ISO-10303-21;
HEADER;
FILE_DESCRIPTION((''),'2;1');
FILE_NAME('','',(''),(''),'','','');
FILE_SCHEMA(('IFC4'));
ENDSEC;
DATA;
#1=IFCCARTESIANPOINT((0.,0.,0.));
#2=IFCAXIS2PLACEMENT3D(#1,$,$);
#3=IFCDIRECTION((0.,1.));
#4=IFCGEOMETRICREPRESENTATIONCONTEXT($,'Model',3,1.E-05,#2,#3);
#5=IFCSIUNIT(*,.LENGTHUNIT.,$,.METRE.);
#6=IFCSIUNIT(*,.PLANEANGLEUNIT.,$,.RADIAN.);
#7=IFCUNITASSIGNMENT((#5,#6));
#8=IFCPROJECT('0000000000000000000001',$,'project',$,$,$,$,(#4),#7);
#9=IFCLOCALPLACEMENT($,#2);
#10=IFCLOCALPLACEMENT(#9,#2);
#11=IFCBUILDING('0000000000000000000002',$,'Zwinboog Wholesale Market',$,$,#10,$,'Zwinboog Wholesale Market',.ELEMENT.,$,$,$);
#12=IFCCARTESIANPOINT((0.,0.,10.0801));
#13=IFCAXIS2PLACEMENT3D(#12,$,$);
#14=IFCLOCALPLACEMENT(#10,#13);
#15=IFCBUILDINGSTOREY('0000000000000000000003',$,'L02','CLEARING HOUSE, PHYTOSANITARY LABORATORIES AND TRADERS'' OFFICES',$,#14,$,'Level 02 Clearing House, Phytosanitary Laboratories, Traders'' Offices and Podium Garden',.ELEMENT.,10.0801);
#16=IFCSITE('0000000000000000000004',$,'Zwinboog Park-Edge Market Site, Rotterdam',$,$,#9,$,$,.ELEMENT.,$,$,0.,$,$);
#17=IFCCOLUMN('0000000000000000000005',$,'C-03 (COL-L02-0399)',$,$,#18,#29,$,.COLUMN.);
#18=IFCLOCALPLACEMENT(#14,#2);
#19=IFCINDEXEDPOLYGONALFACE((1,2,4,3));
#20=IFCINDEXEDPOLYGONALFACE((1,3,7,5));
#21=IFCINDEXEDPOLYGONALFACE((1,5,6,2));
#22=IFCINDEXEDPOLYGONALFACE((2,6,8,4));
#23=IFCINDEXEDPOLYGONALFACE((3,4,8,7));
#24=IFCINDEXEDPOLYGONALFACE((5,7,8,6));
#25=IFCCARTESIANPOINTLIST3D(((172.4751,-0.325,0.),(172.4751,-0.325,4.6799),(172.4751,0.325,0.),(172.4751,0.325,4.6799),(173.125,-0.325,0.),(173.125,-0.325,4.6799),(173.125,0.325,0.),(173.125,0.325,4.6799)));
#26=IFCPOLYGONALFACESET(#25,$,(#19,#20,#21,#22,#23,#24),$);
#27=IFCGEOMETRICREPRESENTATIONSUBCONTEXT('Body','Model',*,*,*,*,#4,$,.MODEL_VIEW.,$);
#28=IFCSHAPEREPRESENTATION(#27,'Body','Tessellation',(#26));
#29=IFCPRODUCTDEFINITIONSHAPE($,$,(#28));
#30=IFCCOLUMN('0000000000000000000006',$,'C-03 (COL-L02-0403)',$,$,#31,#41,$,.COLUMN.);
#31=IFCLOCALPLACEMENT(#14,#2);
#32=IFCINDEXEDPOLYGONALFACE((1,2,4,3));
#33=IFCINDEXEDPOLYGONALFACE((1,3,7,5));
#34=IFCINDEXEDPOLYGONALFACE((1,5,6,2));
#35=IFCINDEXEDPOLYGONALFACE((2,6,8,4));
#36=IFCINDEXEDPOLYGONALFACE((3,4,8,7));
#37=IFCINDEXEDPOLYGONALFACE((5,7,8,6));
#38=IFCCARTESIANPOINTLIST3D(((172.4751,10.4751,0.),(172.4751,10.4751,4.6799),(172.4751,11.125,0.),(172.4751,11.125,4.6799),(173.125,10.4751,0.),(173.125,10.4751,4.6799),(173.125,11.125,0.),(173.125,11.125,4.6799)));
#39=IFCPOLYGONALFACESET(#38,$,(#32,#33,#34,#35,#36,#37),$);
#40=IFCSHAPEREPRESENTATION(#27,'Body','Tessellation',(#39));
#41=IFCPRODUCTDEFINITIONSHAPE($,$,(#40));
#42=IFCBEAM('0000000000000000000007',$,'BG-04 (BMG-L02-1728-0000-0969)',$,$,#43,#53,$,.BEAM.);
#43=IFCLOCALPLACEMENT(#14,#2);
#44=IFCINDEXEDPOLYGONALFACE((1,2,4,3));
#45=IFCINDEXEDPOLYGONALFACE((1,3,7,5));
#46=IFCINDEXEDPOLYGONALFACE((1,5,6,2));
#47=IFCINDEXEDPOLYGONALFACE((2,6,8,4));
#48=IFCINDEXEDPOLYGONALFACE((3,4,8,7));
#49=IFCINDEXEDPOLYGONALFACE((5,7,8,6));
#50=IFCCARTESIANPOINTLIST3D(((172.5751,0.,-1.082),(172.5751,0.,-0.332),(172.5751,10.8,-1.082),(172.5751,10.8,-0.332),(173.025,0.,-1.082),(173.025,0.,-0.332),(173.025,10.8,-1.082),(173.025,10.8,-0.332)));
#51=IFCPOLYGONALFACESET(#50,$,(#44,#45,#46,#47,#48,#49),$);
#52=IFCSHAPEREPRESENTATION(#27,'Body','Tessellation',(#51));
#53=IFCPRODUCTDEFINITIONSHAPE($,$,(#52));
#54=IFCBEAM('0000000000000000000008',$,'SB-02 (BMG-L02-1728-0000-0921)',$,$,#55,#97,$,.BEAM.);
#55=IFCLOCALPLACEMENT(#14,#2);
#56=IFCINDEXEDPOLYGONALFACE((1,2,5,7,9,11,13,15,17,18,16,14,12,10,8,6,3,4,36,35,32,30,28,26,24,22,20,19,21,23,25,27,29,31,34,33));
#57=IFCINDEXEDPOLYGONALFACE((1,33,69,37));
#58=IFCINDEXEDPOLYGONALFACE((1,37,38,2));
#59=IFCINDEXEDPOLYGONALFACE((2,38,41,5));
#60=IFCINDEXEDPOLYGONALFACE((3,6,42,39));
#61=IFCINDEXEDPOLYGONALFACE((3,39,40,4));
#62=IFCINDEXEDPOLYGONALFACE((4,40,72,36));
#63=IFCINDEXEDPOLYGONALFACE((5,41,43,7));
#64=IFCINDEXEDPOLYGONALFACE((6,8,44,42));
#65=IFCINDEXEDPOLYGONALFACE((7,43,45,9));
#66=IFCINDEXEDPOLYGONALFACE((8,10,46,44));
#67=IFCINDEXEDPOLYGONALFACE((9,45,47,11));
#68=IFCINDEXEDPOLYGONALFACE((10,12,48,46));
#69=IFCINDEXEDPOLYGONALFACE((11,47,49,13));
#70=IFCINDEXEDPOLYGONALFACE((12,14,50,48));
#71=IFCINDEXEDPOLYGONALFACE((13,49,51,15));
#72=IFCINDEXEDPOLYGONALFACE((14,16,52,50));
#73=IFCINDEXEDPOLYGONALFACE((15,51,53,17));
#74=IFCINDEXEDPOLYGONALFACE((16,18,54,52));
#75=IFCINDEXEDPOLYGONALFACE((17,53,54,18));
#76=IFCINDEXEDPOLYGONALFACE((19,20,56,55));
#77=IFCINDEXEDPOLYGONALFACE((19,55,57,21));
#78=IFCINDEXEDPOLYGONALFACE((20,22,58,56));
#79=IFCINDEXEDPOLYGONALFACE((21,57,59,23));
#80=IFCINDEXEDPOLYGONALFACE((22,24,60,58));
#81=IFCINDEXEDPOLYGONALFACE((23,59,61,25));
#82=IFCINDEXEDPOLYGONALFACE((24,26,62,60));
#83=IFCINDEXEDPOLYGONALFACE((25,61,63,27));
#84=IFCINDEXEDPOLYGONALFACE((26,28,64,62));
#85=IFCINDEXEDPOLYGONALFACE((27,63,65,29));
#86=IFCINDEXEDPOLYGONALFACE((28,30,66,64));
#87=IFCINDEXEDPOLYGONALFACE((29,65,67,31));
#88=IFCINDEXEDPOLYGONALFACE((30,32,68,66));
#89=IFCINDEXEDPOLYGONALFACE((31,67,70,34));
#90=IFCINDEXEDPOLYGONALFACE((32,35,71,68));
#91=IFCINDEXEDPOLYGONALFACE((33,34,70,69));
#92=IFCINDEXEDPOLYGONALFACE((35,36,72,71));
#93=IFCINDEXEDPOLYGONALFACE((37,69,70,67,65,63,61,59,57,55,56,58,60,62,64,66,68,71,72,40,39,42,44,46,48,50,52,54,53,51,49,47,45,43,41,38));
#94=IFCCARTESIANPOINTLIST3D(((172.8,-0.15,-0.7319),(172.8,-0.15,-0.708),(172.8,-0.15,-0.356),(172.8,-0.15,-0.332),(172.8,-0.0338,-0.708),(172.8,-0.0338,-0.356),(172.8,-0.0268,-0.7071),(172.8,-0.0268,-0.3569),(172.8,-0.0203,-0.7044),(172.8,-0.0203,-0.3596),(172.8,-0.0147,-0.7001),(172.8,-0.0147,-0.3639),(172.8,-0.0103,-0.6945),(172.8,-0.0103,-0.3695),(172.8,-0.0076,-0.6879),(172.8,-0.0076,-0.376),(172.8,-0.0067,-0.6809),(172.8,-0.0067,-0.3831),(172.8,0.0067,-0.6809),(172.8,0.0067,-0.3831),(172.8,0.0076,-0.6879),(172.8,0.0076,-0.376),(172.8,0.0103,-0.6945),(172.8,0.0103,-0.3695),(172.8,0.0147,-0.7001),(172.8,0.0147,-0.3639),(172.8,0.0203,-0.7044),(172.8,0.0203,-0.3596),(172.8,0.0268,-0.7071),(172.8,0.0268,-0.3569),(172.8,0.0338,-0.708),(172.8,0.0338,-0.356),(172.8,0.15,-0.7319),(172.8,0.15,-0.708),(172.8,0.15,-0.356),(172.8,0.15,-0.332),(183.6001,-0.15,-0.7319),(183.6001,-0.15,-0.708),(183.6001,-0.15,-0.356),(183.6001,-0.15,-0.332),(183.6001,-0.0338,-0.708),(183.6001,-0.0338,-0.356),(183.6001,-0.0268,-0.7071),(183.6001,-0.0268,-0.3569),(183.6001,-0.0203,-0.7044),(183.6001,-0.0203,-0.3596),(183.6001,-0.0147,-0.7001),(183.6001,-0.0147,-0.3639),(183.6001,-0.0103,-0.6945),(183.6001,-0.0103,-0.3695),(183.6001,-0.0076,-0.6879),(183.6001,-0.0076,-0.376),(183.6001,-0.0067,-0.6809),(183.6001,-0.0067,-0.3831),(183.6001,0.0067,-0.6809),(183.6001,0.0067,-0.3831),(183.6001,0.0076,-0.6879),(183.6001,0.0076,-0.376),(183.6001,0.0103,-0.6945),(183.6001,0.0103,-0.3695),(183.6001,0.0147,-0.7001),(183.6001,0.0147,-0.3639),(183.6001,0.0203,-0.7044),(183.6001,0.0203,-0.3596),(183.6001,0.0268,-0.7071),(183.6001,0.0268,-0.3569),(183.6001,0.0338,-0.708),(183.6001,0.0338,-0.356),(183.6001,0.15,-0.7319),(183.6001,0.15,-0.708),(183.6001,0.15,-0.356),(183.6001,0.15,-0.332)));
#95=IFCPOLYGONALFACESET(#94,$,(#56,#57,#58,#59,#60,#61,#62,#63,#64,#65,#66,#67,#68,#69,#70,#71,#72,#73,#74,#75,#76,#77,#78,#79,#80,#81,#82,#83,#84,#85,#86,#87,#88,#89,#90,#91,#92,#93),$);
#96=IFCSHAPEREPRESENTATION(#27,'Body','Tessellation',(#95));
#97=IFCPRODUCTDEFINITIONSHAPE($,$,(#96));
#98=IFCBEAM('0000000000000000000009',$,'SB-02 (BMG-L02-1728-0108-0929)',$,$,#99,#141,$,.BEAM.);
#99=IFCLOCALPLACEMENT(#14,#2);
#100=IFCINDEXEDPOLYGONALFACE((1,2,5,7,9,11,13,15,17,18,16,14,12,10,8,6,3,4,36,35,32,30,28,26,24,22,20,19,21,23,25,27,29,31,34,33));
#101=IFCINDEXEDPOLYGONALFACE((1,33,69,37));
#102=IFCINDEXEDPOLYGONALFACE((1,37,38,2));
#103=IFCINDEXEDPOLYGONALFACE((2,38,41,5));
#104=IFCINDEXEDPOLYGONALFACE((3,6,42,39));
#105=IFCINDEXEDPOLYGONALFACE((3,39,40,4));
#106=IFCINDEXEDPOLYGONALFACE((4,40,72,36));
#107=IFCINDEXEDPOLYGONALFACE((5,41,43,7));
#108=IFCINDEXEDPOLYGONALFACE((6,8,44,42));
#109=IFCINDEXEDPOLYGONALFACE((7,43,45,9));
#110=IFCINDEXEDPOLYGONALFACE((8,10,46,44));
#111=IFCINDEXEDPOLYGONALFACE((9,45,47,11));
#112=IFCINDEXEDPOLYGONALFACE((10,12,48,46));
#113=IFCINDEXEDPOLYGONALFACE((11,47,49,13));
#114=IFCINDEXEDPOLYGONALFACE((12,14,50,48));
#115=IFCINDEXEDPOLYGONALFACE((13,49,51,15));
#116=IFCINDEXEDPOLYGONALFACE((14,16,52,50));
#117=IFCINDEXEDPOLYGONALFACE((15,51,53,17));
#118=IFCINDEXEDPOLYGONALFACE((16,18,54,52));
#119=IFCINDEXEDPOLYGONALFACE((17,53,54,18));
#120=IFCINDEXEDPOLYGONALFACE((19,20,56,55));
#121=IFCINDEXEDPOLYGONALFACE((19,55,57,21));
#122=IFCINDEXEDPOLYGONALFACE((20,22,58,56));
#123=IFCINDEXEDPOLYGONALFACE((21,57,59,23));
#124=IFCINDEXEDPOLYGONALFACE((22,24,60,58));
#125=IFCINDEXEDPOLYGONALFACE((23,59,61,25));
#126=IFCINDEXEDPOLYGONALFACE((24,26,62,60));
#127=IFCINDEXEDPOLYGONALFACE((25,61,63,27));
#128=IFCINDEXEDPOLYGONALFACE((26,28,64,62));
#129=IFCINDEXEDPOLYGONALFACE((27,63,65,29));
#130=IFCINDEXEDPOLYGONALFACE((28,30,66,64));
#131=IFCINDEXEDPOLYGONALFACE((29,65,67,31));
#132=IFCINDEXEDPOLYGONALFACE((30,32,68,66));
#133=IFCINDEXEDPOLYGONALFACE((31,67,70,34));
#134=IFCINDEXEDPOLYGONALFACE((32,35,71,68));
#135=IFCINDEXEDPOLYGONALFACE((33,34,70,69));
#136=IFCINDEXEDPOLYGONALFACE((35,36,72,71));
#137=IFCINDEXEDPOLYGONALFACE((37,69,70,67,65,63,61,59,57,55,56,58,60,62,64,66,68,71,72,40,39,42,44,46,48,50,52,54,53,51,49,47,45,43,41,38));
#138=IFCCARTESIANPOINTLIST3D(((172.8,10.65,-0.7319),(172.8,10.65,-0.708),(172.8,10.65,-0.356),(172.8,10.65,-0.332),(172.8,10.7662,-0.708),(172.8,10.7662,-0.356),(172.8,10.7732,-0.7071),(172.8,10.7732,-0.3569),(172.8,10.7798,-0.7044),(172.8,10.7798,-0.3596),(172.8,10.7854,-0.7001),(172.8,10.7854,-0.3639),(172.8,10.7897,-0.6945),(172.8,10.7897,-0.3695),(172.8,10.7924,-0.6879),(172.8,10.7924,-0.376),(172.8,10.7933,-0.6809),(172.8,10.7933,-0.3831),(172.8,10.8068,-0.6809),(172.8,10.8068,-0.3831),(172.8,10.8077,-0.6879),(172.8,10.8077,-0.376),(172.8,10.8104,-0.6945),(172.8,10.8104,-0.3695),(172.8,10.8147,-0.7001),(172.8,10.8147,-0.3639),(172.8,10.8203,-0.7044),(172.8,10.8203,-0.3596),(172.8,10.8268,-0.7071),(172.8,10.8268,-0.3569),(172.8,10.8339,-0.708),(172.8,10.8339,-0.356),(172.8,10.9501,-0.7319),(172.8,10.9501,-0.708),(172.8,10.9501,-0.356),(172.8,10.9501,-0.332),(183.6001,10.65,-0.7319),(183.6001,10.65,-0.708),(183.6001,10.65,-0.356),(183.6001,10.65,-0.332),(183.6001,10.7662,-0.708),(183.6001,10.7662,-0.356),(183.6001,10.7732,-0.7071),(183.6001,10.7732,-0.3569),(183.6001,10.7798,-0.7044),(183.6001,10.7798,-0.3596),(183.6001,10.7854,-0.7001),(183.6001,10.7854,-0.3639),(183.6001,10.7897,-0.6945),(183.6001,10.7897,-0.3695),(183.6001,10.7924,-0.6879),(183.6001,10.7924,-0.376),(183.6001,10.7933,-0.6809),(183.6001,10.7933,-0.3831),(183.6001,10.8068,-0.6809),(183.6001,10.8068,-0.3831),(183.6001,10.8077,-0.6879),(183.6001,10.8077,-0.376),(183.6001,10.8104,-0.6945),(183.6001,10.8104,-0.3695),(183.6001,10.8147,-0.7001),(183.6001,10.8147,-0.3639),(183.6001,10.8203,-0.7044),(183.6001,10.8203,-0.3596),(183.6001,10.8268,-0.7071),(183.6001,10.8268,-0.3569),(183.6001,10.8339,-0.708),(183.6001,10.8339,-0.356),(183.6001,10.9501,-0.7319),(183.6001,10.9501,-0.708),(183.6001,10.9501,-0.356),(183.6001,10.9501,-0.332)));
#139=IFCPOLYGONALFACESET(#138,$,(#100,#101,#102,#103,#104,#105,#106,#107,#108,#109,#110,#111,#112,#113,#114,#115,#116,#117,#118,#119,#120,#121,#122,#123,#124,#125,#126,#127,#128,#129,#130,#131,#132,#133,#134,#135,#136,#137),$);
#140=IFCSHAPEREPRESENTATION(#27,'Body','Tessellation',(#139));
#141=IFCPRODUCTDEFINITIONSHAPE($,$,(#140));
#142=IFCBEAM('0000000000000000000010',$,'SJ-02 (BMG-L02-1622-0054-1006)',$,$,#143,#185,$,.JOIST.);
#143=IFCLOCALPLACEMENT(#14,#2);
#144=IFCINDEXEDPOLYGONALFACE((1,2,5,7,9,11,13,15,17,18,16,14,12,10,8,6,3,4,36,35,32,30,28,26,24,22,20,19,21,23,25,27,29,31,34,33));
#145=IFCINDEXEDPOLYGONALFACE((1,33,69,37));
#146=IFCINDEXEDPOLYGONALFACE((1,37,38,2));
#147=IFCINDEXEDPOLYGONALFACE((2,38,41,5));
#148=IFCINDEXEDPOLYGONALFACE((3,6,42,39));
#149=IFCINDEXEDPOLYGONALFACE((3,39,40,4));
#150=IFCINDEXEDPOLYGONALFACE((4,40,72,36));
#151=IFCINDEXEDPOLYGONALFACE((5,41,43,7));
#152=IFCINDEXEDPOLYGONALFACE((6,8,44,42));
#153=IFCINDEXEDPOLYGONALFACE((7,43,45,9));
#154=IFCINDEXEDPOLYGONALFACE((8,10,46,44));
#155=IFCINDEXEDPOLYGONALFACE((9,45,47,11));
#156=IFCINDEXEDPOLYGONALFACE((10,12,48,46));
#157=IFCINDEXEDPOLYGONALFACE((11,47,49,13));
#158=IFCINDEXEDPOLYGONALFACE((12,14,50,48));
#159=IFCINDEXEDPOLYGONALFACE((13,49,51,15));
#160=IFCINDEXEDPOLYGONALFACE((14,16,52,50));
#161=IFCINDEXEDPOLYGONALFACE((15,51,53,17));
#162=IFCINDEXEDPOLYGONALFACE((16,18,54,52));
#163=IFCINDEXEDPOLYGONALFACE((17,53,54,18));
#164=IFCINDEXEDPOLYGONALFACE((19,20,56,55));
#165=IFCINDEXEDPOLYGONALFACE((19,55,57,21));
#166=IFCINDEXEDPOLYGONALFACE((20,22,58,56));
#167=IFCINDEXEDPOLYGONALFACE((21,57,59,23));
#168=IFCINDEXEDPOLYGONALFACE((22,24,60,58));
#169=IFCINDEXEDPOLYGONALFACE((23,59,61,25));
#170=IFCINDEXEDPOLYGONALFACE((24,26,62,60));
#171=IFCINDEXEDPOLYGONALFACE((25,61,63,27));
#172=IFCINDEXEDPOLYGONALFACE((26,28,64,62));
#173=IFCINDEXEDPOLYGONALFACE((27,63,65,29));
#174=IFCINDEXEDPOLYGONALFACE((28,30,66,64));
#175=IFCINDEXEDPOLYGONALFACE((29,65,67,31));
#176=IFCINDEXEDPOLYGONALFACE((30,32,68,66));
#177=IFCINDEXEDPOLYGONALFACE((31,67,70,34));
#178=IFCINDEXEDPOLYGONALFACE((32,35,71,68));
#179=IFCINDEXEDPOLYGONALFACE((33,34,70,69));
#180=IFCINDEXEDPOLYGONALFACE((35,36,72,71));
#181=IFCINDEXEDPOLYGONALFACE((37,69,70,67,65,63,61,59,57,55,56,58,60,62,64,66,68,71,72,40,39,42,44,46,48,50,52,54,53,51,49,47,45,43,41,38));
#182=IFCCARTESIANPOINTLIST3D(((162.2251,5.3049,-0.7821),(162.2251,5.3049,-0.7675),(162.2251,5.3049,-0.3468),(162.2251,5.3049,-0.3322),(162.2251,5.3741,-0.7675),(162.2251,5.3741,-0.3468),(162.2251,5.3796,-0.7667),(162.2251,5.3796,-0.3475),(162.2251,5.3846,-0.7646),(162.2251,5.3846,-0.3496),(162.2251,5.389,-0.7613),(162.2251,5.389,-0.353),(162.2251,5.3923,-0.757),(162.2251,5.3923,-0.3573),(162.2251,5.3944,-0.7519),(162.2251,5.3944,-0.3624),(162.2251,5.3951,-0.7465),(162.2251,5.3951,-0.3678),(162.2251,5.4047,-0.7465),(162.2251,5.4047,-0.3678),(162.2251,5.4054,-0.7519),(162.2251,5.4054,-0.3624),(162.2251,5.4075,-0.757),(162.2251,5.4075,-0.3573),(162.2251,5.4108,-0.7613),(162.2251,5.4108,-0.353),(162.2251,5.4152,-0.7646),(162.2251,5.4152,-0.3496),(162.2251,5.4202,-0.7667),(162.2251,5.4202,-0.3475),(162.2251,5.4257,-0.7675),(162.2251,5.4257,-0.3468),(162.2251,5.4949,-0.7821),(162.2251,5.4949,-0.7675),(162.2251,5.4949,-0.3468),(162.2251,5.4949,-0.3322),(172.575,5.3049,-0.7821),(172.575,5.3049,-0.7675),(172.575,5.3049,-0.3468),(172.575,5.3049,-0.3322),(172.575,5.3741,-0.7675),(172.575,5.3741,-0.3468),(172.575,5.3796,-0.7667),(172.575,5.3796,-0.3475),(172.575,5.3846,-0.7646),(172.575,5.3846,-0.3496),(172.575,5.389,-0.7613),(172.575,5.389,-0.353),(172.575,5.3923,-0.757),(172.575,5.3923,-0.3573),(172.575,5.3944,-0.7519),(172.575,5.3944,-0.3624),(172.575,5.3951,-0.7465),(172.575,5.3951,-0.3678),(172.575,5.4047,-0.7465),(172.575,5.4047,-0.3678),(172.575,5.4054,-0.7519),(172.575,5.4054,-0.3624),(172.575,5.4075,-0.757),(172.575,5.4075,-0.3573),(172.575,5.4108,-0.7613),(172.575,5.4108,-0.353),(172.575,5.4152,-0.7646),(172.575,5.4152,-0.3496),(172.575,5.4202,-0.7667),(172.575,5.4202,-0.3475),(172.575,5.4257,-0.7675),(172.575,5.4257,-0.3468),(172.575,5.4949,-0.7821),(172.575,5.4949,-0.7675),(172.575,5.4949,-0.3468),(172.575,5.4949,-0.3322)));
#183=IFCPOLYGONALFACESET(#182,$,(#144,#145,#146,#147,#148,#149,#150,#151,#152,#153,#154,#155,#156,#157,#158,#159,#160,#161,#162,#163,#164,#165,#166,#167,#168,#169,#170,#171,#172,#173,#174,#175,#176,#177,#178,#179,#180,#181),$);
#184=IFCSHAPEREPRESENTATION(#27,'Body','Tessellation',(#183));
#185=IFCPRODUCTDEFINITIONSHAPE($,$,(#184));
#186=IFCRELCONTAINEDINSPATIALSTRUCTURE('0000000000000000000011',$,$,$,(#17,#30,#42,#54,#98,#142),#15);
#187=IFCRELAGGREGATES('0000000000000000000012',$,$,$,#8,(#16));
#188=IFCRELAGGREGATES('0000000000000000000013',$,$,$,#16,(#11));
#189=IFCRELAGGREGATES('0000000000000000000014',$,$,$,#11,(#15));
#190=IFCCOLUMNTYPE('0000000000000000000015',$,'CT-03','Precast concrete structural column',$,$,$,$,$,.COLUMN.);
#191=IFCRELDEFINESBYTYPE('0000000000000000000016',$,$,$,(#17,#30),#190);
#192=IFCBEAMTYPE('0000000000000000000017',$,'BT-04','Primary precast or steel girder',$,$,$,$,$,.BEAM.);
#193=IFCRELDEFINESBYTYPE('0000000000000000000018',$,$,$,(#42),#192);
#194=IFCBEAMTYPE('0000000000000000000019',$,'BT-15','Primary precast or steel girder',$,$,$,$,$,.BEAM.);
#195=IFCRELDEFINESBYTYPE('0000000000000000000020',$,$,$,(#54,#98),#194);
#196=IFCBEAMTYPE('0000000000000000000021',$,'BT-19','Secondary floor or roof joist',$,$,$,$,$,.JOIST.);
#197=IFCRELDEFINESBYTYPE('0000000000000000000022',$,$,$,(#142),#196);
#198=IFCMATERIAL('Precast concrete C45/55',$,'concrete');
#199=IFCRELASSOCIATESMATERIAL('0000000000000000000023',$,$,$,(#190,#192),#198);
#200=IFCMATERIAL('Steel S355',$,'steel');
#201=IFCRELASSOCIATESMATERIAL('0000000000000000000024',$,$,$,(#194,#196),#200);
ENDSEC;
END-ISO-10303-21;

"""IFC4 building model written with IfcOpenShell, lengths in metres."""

from ifc_helpers import new_model, si_unit, direction, frame, origin, origin_2d, place, context, subcontext, project, spatial, rectangle, i_section, extrude, material, material_profile, profile_set, type_object, element, save


model = new_model("IFC4")

# Units and contexts
model_context = context("Model", 3, precision=1e-05, world=origin(), true_north=direction((0.0, 1.0)))
body_context = subcontext(model_context, "Body", "Model", "MODEL_VIEW")
ifc_project = project(units=[si_unit("LENGTHUNIT", "METRE"), si_unit("PLANEANGLEUNIT", "RADIAN")], contexts=[model_context])

# Site, building, storey
site_placement = place(None, origin())
site = spatial("IfcSite", under=ifc_project, at=site_placement, Name="Zwinboog Park-Edge Market Site, Rotterdam", CompositionType="ELEMENT", RefElevation=0.0)
building_placement = place(site_placement, origin())
building = spatial("IfcBuilding", under=site, at=building_placement, Name="Zwinboog Wholesale Market", LongName="Zwinboog Wholesale Market", CompositionType="ELEMENT")
storey_placement = place(building_placement, frame((0.0, 0.0, 10.0801)))
storey = spatial("IfcBuildingStorey", under=building, at=storey_placement, Name="L02", Description="CLEARING HOUSE, PHYTOSANITARY LABORATORIES AND TRADERS' OFFICES", LongName="Level 02 Clearing House, Phytosanitary Laboratories, Traders' Offices and Podium Garden", CompositionType="ELEMENT", Elevation=10.0801)

# Columns
ifc_material_1 = material(Name="Precast concrete C45/55", Category="concrete")
ifc_material_profile_1 = material_profile(ifc_material_1, rectangle(XDim=0.6499, YDim=0.6499, at=origin_2d()), Name="PC 650x650")
ifc_profile_set_1 = profile_set([ifc_material_profile_1], Name="Precast concrete C45/55")
column_type = type_object("IfcColumnType", Name="CT-03", Description="Precast concrete structural column", PredefinedType="COLUMN", material=ifc_profile_set_1)
for number, where, z_axis, x_axis, name in (
    (1, (172.8, 0.0, 0.0), (0.0, 0.0, 1.0), (1.0, 0.0, 0.0), "C-03 (COL-L02-0399)"),
    (2, (172.8, 10.8, 0.0), (0.0, 0.0, 1.0), (1.0, 0.0, 0.0), "C-03 (COL-L02-0403)"),
):
    element("IfcColumn", number, at=place(storey_placement, frame(where, z_axis=z_axis, x_axis=x_axis)), inside=storey, type_object=column_type, Name=name, PredefinedType="COLUMN", context=body_context, shape_type="SweptSolid", body=[
        extrude(rectangle(XDim=0.6499, YDim=0.6499, at=origin_2d()), origin(), (0.0, 0.0, 1.0), 4.6799),
    ])

# Beams
ifc_material_profile_2 = material_profile(ifc_material_1, rectangle(XDim=0.45, YDim=0.75, at=origin_2d()), Name="PC 450x750")
ifc_profile_set_2 = profile_set([ifc_material_profile_2], Name="Precast concrete C45/55")
beam_type_1 = type_object("IfcBeamType", Name="BT-04", Description="Primary precast or steel girder", PredefinedType="BEAM", material=ifc_profile_set_2)
beam_1_placement = place(storey_placement, frame((172.8, 0.0, -0.707), z_axis=(0.0, 1.0, 0.0), x_axis=(-1.0, 0.0, 0.0)))
element("IfcBeam", 3, at=beam_1_placement, inside=storey, type_object=beam_type_1, Name="BG-04 (BMG-L02-1728-0000-0969)", PredefinedType="BEAM", context=body_context, shape_type="SweptSolid", body=[
    extrude(rectangle(XDim=0.45, YDim=0.75, at=origin_2d()), origin(), (0.0, 0.0, 1.0), 10.8),
])
ifc_material_2 = material(Name="Steel S355", Category="steel")
ifc_material_profile_3 = material_profile(ifc_material_2, i_section(OverallWidth=0.3, OverallDepth=0.3999, WebThickness=0.0134, FlangeThickness=0.0239, FilletRadius=0.0271, at=origin_2d()), Name="HEB 400")
ifc_profile_set_3 = profile_set([ifc_material_profile_3], Name="Steel S355")
beam_type_2 = type_object("IfcBeamType", Name="BT-15", Description="Primary precast or steel girder", PredefinedType="BEAM", material=ifc_profile_set_3)
for number, where, z_axis, x_axis, name in (
    (4, (172.8, 0.0, -0.532), (1.0, 0.0, 0.0), (0.0, 1.0, 0.0), "SB-02 (BMG-L02-1728-0000-0921)"),
    (5, (172.8, 10.8, -0.532), (1.0, 0.0, 0.0), (0.0, 1.0, 0.0), "SB-02 (BMG-L02-1728-0108-0929)"),
):
    element("IfcBeam", number, at=place(storey_placement, frame(where, z_axis=z_axis, x_axis=x_axis)), inside=storey, type_object=beam_type_2, Name=name, PredefinedType="BEAM", context=body_context, shape_type="SweptSolid", body=[
        extrude(i_section(OverallWidth=0.3, OverallDepth=0.3999, WebThickness=0.0134, FlangeThickness=0.0239, FilletRadius=0.0271, at=origin_2d()), origin(), (0.0, 0.0, 1.0), 10.8),
    ])
ifc_material_profile_4 = material_profile(ifc_material_2, i_section(OverallWidth=0.1899, OverallDepth=0.45, WebThickness=0.0095, FlangeThickness=0.0146, FilletRadius=0.021, at=origin_2d()), Name="IPE 450")
ifc_profile_set_4 = profile_set([ifc_material_profile_4], Name="Steel S355")
beam_type_3 = type_object("IfcBeamType", Name="BT-19", Description="Secondary floor or roof joist", PredefinedType="JOIST", material=ifc_profile_set_4)
beam_2_placement = place(storey_placement, frame((162.2251, 5.3999, -0.5571), z_axis=(1.0, 0.0, 0.0), x_axis=(0.0, 1.0, 0.0)))
element("IfcBeam", 6, at=beam_2_placement, inside=storey, type_object=beam_type_3, Name="SJ-02 (BMG-L02-1622-0054-1006)", PredefinedType="JOIST", context=body_context, shape_type="SweptSolid", body=[
    extrude(i_section(OverallWidth=0.1899, OverallDepth=0.45, WebThickness=0.0095, FlangeThickness=0.0146, FilletRadius=0.021, at=origin_2d()), origin(), (0.0, 0.0, 1.0), 10.3499),
])

save(model, "model.ifc")
